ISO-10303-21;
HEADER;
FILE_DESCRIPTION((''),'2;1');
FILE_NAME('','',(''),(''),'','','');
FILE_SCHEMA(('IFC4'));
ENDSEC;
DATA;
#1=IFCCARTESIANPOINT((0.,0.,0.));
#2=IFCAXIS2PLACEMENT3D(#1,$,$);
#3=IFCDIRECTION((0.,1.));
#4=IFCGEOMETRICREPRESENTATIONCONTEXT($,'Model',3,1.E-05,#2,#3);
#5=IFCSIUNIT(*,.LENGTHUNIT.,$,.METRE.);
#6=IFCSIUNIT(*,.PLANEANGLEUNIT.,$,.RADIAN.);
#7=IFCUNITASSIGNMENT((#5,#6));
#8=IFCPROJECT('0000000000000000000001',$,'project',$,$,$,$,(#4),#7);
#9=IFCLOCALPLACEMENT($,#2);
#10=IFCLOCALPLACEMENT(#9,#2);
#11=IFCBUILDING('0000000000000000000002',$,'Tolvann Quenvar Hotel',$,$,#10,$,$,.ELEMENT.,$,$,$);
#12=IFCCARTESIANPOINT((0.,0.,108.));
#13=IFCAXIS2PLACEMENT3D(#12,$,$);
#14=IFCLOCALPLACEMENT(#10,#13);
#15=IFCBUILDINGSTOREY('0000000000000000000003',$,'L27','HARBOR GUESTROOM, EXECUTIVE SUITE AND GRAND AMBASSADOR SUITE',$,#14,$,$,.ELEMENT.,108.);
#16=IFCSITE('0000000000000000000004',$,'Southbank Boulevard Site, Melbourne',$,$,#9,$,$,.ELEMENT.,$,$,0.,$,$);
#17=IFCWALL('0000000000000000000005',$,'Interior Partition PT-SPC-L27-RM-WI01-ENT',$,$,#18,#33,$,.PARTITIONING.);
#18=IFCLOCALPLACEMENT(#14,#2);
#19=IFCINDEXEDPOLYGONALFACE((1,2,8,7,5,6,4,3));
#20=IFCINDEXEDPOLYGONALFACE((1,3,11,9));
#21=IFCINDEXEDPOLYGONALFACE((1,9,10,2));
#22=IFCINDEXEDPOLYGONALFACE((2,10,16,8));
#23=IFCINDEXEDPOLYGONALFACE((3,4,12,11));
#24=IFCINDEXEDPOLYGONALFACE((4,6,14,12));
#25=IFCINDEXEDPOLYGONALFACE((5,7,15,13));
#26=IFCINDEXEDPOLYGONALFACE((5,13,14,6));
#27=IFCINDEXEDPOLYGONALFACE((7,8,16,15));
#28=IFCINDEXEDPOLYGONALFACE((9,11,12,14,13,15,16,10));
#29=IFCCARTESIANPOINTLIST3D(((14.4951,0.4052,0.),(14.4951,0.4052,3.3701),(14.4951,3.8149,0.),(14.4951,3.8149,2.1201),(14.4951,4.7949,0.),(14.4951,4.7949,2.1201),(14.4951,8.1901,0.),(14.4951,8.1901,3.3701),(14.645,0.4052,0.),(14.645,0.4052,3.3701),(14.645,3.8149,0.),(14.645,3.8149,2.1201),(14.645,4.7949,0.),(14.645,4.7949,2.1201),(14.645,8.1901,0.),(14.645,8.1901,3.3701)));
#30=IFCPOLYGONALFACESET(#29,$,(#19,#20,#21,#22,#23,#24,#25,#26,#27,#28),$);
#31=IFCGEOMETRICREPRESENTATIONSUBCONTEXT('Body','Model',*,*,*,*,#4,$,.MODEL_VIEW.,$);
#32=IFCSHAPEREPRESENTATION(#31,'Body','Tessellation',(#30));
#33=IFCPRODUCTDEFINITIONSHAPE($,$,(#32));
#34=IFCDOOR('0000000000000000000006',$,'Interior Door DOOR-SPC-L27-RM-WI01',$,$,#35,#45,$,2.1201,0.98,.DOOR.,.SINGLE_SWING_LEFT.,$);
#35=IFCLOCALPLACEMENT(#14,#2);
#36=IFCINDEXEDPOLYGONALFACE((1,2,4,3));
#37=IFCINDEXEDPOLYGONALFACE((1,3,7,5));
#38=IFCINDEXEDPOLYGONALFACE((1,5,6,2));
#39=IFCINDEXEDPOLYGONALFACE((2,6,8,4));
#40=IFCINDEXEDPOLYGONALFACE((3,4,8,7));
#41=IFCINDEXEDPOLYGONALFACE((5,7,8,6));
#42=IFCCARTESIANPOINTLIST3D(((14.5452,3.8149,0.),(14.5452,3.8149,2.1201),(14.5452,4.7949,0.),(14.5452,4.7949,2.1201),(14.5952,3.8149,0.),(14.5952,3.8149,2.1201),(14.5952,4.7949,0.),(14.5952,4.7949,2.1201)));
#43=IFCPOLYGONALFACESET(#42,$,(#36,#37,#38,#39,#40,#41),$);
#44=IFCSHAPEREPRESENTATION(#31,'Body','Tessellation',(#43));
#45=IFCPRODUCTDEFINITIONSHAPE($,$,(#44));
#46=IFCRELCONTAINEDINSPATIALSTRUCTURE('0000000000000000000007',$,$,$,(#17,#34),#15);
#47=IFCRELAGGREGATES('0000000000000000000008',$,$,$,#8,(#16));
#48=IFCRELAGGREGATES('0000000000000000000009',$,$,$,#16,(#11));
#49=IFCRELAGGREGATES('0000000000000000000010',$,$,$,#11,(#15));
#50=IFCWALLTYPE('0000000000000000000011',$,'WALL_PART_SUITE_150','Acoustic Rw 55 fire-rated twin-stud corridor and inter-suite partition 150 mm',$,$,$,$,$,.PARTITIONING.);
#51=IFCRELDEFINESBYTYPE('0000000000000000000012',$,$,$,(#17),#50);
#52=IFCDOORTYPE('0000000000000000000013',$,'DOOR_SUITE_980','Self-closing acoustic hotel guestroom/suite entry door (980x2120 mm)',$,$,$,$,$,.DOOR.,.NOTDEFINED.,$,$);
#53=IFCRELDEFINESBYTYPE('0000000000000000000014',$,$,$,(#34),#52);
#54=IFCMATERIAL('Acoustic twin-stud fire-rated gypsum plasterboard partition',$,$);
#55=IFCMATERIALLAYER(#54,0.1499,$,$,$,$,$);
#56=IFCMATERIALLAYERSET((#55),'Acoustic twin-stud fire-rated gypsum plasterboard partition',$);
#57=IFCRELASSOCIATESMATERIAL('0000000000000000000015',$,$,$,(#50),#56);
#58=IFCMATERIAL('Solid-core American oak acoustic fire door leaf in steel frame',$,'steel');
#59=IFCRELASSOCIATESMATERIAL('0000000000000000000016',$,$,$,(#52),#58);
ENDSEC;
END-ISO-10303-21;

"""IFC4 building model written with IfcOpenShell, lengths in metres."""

from ifc_helpers import new_model, si_unit, direction, frame, frame_2d, origin, place, context, subcontext, project, spatial, rectangle, extrude, source, transform, mapped, material, layer, layer_set, type_object, type_shapes, element, fill, save


model = new_model("IFC4")

# Units and contexts
model_context = context("Model", 3, precision=1e-05, world=origin(), true_north=direction((0.0, 1.0)))
body_context = subcontext(model_context, "Body", "Model", "MODEL_VIEW")
ifc_project = project(units=[si_unit("LENGTHUNIT", "METRE"), si_unit("PLANEANGLEUNIT", "RADIAN")], contexts=[model_context])

# Site, building, storey
site_placement = place(None, origin())
site = spatial("IfcSite", under=ifc_project, at=site_placement, Name="Southbank Boulevard Site, Melbourne", CompositionType="ELEMENT", RefElevation=0.0)
building_placement = place(site_placement, origin())
building = spatial("IfcBuilding", under=site, at=building_placement, Name="Tolvann Quenvar Hotel", CompositionType="ELEMENT")
storey_placement = place(building_placement, frame((0.0, 0.0, 108.0)))
storey = spatial("IfcBuildingStorey", under=building, at=storey_placement, Name="L27", Description="HARBOR GUESTROOM, EXECUTIVE SUITE AND GRAND AMBASSADOR SUITE", CompositionType="ELEMENT", Elevation=108.0)

# Wall, opening, door
ifc_material_1 = material(Name="Acoustic twin-stud fire-rated gypsum plasterboard partition")
ifc_layer_1 = layer(ifc_material_1, 0.1499)
ifc_layer_set_1 = layer_set([ifc_layer_1], Name="Acoustic twin-stud fire-rated gypsum plasterboard partition")
wall_type_1 = type_object("IfcWallType", Name="WALL_PART_SUITE_150", Description="Acoustic Rw 55 fire-rated twin-stud corridor and inter-suite partition 150 mm", PredefinedType="PARTITIONING", material=ifc_layer_set_1)
ifc_material_2 = material(Name="Solid-core American oak acoustic fire door leaf in steel frame", Category="steel")
door_type_1 = type_object("IfcDoorType", Name="DOOR_SUITE_980", Description="Self-closing acoustic hotel guestroom/suite entry door (980x2120 mm)", OperationType="NOTDEFINED", PredefinedType="DOOR", material=ifc_material_2)
shared_shape_1 = source(origin(), body_context, "Body", "SweptSolid", [
    extrude(rectangle(XDim=0.98, YDim=2.1201, at=frame_2d((0.49, 1.0601))), frame((0.0, 0.0249, 0.0), z_axis=(0.0, -1.0, 0.0), x_axis=(1.0, 0.0, 0.0)), (0.0, 0.0, 1.0), 0.05),
])
type_shapes(door_type_1, [shared_shape_1])
wall_1_placement = place(storey_placement, frame((14.5701, 0.405, 0.0), z_axis=(0.0, 0.0, 1.0), x_axis=(0.0, 1.0, 0.0)))
wall_1 = element("IfcWall", 1, at=wall_1_placement, inside=storey, type_object=wall_type_1, Name="Interior Partition PT-SPC-L27-RM-WI01-ENT", PredefinedType="PARTITIONING", context=body_context, shape_type="SweptSolid", body=[
    extrude(rectangle(XDim=7.7849, YDim=0.1499, at=frame_2d((3.8926, 0.0))), origin(), (0.0, 0.0, 1.0), 3.3701),
])
opening_1_placement = place(wall_1_placement, frame((3.4099, 0.0, 0.0)))
opening_1 = element("IfcOpeningElement", 2, at=opening_1_placement, cuts=wall_1, PredefinedType="OPENING", context=body_context, shape_type="SweptSolid", body=[
    extrude(rectangle(XDim=0.98, YDim=2.1201, at=frame_2d((0.49, 1.0601))), frame((0.0, 0.085, 0.0), z_axis=(0.0, -1.0, 0.0), x_axis=(1.0, 0.0, 0.0)), (0.0, 0.0, 1.0), 0.1699),
])
door_1_placement = place(opening_1_placement, origin())
door_1 = element("IfcDoor", 3, at=door_1_placement, inside=storey, type_object=door_type_1, Name="Interior Door DOOR-SPC-L27-RM-WI01", OperationType="SINGLE_SWING_LEFT", OverallHeight=2.1201, OverallWidth=0.98, PredefinedType="DOOR", context=body_context, shape_type="MappedRepresentation", body=[
    mapped(shared_shape_1, transform((0.0, 0.0, 0.0), x_axis=(1.0, 0.0, 0.0), y_axis=(0.0, 1.0, 0.0), z_axis=(0.0, 0.0, 1.0), scale=1.0)),
])
fill(opening_1, door_1)

save(model, "model.ifc")
